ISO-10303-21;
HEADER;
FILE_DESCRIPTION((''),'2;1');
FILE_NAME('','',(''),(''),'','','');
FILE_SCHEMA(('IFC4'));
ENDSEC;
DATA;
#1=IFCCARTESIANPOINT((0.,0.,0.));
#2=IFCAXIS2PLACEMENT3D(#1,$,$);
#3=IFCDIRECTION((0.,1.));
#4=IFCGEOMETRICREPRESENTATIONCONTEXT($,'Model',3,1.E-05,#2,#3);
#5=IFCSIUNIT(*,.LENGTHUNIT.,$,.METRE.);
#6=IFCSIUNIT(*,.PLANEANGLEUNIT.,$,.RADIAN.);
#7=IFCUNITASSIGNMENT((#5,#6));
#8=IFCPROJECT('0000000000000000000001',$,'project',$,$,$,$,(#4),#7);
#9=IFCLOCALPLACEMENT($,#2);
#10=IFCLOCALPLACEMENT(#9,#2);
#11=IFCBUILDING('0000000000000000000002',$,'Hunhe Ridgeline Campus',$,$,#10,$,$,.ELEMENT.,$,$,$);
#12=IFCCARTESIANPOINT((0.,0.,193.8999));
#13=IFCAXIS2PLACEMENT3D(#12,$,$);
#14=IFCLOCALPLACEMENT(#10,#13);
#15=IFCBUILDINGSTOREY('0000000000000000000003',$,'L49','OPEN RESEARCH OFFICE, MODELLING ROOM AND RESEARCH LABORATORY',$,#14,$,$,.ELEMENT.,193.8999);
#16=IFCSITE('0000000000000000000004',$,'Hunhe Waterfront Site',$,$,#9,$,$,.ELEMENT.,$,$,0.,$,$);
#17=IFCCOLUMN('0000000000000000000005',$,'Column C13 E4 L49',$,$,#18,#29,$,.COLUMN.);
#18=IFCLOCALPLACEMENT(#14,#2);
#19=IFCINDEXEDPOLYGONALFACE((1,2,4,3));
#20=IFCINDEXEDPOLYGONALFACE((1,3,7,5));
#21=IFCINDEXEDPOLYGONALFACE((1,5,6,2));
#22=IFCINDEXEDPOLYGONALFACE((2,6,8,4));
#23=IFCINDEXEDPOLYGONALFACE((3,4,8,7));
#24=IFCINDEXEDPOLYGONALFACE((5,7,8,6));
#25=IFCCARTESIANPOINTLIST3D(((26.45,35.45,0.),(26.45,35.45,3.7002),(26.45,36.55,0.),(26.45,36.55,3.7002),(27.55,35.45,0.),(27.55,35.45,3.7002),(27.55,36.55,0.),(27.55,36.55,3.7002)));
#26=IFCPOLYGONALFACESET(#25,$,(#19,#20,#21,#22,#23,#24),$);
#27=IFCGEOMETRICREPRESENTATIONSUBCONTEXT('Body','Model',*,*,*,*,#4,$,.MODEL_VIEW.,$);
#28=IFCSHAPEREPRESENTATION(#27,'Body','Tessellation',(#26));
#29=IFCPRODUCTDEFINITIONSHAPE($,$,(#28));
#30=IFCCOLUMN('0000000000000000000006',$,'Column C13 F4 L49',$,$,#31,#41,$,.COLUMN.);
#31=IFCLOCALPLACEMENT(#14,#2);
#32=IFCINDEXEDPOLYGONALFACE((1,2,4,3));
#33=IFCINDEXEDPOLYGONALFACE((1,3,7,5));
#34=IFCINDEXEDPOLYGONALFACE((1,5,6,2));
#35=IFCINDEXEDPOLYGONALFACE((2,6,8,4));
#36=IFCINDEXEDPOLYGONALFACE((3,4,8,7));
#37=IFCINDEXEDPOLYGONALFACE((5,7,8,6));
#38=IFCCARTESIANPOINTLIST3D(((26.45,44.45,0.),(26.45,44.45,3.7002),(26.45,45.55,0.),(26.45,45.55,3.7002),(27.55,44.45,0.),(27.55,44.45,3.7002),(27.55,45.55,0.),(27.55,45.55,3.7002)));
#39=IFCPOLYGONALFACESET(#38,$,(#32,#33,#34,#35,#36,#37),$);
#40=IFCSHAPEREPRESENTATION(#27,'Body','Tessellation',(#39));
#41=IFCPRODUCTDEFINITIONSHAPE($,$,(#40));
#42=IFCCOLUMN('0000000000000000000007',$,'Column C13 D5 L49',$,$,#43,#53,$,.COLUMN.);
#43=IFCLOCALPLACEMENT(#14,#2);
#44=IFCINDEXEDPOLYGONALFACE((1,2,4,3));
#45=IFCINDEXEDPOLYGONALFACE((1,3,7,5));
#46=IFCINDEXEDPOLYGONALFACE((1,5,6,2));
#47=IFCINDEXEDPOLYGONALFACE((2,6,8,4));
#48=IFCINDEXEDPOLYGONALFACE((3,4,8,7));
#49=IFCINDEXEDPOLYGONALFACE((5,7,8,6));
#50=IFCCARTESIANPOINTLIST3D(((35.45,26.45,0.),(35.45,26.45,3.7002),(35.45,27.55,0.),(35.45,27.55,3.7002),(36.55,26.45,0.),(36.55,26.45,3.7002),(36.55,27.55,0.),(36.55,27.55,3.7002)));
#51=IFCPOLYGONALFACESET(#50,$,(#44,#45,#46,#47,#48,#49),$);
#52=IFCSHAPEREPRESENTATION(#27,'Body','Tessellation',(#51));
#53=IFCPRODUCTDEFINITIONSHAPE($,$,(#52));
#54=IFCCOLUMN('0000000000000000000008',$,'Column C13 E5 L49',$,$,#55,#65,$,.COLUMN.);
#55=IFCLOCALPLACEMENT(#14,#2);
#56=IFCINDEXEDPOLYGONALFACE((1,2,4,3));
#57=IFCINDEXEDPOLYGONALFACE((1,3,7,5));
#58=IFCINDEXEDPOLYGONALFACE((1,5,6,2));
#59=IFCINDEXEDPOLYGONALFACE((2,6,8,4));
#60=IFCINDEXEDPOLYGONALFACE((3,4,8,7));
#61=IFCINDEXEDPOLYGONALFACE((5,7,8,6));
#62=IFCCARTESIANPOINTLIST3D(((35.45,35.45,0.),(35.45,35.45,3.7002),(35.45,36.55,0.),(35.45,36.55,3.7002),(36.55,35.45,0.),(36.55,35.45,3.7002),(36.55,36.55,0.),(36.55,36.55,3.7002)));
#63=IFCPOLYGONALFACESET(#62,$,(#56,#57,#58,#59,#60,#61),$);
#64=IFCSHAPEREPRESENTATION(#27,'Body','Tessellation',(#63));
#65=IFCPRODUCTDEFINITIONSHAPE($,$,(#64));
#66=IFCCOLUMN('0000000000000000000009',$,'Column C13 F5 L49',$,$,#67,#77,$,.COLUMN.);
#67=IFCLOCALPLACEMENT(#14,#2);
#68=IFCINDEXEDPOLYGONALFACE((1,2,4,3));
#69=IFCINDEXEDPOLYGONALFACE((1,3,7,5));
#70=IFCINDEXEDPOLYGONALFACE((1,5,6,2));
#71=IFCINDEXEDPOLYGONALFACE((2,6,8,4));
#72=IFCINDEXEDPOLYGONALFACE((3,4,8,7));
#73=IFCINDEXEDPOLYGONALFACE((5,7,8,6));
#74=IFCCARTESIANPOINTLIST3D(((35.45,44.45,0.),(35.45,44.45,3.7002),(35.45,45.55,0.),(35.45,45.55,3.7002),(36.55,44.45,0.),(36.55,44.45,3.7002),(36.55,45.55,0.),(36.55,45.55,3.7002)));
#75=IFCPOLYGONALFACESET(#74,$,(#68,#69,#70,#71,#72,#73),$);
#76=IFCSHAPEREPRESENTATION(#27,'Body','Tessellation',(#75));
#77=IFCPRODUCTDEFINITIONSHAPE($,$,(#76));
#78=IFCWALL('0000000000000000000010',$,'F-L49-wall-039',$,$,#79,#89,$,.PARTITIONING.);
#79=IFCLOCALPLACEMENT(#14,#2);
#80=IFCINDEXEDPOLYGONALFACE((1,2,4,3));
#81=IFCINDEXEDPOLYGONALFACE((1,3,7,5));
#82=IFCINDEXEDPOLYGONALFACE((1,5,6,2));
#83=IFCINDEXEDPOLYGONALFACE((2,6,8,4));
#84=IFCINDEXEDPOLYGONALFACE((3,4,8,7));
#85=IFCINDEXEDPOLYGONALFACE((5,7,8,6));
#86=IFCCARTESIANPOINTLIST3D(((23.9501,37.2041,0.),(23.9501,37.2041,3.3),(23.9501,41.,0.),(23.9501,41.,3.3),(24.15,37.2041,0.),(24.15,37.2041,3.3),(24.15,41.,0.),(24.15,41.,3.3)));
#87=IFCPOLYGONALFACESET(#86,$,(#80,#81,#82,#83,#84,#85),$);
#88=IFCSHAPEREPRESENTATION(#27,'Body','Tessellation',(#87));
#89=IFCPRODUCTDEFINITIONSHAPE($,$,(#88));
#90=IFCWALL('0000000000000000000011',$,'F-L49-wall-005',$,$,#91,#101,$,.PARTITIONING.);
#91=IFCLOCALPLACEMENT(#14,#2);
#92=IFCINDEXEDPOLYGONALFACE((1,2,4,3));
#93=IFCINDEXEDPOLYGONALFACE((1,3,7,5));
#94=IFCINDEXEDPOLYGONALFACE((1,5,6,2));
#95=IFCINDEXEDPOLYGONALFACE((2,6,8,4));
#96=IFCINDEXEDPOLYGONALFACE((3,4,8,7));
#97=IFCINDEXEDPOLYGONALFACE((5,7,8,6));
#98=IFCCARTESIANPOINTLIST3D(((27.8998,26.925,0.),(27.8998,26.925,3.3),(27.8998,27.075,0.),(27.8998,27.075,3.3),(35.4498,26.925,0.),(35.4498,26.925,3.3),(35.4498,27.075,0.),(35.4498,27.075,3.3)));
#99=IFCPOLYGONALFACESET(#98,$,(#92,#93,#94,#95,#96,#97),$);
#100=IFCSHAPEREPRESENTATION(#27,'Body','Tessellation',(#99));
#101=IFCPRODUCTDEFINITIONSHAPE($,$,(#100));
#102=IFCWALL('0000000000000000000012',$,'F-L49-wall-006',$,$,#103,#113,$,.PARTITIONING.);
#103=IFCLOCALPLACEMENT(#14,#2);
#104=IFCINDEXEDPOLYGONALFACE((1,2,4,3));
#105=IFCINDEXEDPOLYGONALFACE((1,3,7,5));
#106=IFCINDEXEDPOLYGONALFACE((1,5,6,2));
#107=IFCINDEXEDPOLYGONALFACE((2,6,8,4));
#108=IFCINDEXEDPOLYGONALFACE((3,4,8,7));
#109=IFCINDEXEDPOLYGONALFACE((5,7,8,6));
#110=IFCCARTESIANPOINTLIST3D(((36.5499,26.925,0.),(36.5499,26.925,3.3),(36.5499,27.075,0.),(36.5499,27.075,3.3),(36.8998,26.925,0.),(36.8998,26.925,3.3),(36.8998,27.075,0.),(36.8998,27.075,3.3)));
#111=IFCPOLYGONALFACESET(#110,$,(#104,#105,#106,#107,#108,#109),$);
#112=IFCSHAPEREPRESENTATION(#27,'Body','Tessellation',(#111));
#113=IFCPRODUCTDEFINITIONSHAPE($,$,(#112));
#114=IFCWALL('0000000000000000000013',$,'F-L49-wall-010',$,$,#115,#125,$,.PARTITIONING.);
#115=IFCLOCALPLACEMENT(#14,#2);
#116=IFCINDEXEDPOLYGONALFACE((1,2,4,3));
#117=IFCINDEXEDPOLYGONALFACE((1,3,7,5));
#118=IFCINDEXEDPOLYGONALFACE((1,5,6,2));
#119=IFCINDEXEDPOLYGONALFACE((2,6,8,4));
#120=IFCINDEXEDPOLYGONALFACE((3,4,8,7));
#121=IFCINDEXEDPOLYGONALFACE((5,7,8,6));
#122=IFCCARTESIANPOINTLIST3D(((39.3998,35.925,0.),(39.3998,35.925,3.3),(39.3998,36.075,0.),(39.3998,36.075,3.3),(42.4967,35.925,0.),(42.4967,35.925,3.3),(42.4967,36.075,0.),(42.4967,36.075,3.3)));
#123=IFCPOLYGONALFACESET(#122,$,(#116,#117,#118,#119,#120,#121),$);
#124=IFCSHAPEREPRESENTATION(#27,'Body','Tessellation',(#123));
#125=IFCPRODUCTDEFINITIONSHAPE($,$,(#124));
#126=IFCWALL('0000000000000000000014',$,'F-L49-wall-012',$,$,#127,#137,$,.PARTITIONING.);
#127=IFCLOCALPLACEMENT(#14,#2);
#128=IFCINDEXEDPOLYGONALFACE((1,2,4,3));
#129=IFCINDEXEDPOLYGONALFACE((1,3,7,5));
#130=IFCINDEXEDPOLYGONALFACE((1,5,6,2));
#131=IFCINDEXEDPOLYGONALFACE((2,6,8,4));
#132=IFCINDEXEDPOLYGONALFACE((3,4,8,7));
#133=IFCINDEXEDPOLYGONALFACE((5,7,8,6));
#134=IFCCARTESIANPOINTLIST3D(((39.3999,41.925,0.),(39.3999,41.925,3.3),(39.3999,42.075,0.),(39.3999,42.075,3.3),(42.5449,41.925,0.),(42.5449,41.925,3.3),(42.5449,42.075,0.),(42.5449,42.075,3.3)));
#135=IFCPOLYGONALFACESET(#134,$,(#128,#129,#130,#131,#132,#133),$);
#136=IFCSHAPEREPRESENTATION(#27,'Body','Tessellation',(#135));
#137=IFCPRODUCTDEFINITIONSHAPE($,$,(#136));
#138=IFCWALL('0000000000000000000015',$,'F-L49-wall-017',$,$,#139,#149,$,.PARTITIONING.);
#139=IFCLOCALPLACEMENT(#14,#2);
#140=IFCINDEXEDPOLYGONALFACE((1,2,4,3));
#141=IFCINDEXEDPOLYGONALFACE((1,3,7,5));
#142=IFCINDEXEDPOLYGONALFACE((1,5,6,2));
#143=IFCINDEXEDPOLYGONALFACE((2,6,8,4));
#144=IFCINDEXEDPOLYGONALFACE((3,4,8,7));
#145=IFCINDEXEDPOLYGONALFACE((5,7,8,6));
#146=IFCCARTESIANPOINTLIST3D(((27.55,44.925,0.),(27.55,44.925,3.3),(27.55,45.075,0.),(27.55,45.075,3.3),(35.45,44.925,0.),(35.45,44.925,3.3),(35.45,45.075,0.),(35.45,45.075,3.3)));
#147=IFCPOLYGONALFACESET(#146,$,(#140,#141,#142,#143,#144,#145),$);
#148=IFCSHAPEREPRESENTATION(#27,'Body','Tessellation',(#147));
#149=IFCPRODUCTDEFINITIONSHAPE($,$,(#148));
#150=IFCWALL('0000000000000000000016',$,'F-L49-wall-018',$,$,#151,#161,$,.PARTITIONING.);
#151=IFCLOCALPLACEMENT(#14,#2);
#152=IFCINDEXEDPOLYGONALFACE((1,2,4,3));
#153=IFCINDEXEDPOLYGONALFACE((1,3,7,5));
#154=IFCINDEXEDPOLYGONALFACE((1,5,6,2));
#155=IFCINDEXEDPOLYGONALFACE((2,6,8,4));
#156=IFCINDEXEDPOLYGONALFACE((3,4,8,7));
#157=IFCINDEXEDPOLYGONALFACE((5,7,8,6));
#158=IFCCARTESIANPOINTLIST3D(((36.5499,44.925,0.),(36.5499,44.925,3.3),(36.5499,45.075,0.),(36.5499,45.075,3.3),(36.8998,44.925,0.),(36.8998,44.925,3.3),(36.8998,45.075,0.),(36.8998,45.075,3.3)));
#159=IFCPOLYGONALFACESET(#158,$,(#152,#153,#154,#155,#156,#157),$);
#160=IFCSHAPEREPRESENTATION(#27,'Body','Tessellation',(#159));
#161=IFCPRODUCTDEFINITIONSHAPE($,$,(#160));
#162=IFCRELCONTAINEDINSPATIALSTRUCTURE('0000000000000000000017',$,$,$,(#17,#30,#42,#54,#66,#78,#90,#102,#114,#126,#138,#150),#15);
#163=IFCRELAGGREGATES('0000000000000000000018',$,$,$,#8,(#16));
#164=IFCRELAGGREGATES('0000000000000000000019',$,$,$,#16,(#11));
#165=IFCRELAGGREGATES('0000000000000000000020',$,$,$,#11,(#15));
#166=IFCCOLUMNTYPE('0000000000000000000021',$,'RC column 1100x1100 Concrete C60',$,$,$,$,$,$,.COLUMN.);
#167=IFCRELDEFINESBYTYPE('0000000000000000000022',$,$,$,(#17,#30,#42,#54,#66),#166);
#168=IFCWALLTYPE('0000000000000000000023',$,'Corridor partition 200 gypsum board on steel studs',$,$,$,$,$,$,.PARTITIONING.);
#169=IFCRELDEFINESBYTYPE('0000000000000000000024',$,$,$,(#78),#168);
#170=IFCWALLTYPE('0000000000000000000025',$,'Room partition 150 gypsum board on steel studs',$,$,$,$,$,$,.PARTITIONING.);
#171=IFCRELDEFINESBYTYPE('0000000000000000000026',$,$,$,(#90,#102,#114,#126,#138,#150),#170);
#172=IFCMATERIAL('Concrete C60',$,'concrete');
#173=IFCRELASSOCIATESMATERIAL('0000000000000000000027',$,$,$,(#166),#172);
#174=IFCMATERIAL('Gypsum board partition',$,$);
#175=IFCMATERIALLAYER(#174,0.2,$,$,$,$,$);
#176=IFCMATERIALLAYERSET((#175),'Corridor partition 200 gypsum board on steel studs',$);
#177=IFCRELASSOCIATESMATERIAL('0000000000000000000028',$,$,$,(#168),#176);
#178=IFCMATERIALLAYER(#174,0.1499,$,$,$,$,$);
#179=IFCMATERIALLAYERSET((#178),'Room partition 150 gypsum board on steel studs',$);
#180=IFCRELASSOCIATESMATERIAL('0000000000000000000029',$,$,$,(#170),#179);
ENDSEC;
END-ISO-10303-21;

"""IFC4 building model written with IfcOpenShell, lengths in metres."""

from ifc_helpers import new_model, si_unit, direction, frame, frame_2d, origin, origin_2d, place, context, subcontext, project, spatial, rectangle, extrude, material, layer, layer_set, material_profile, profile_set, type_object, element, save


model = new_model("IFC4")

# Units and contexts
model_context = context("Model", 3, precision=1e-05, world=origin(), true_north=direction((0.0, 1.0)))
body_context = subcontext(model_context, "Body", "Model", "MODEL_VIEW")
ifc_project = project(units=[si_unit("LENGTHUNIT", "METRE"), si_unit("PLANEANGLEUNIT", "RADIAN")], contexts=[model_context])

# Site, building, storey
site_placement = place(None, origin())
site = spatial("IfcSite", under=ifc_project, at=site_placement, Name="Hunhe Waterfront Site", CompositionType="ELEMENT", RefElevation=0.0)
building_placement = place(site_placement, origin())
building = spatial("IfcBuilding", under=site, at=building_placement, Name="Hunhe Ridgeline Campus", CompositionType="ELEMENT")
storey_placement = place(building_placement, frame((0.0, 0.0, 193.8999)))
storey = spatial("IfcBuildingStorey", under=building, at=storey_placement, Name="L49", Description="OPEN RESEARCH OFFICE, MODELLING ROOM AND RESEARCH LABORATORY", CompositionType="ELEMENT", Elevation=193.8999)

# Columns
ifc_material_1 = material(Name="Concrete C60", Category="concrete")
ifc_material_profile = material_profile(ifc_material_1, rectangle(XDim=1.1001, YDim=1.1001, at=origin_2d()))
ifc_profile_set = profile_set([ifc_material_profile], Name="Concrete C60")
column_type = type_object("IfcColumnType", Name="RC column 1100x1100 Concrete C60", PredefinedType="COLUMN", material=ifc_profile_set)
for number, where, z_axis, x_axis, name in (
    (1, (27.0, 36.0, 0.0), (0.0, 0.0, 1.0), (1.0, 0.0, 0.0), "Column C13 E4 L49"),
    (2, (27.0, 45.0, 0.0), (0.0, 0.0, 1.0), (1.0, 0.0, 0.0), "Column C13 F4 L49"),
    (3, (36.0, 27.0, 0.0), (0.0, 0.0, 1.0), (1.0, 0.0, 0.0), "Column C13 D5 L49"),
    (4, (36.0, 36.0, 0.0), (0.0, 0.0, 1.0), (1.0, 0.0, 0.0), "Column C13 E5 L49"),
    (5, (36.0, 45.0, 0.0), (0.0, 0.0, 1.0), (1.0, 0.0, 0.0), "Column C13 F5 L49"),
):
    element("IfcColumn", number, at=place(storey_placement, frame(where, z_axis=z_axis, x_axis=x_axis)), inside=storey, type_object=column_type, Name=name, PredefinedType="COLUMN", context=body_context, shape_type="SweptSolid", body=[
        extrude(rectangle(XDim=1.1001, YDim=1.1001, at=origin_2d()), origin(), (0.0, 0.0, 1.0), 3.7002),
    ])

# Shared definitions
ifc_material_2 = material(Name="Gypsum board partition")
ifc_layer_1 = layer(ifc_material_2, 0.2)
ifc_layer_set_1 = layer_set([ifc_layer_1], Name="Corridor partition 200 gypsum board on steel studs")
wall_type_1 = type_object("IfcWallType", Name="Corridor partition 200 gypsum board on steel studs", PredefinedType="PARTITIONING", material=ifc_layer_set_1)

# Wall
wall_1_placement = place(storey_placement, frame((24.05, 37.2041, 0.0), z_axis=(0.0, 0.0, 1.0), x_axis=(0.0, 1.0, 0.0)))
element("IfcWall", 6, at=wall_1_placement, inside=storey, type_object=wall_type_1, Name="F-L49-wall-039", PredefinedType="PARTITIONING", context=body_context, shape_type="SweptSolid", body=[
    extrude(rectangle(XDim=3.7959, YDim=0.2, at=frame_2d((1.8979, 0.0))), origin(), (0.0, 0.0, 1.0), 3.3),
])

# Walls
ifc_layer_2 = layer(ifc_material_2, 0.1499)
ifc_layer_set_2 = layer_set([ifc_layer_2], Name="Room partition 150 gypsum board on steel studs")
wall_type_2 = type_object("IfcWallType", Name="Room partition 150 gypsum board on steel studs", PredefinedType="PARTITIONING", material=ifc_layer_set_2)
wall_2_placement = place(storey_placement, frame((27.8999, 27.0, 0.0), z_axis=(0.0, 0.0, 1.0), x_axis=(1.0, 0.0, 0.0)))
element("IfcWall", 7, at=wall_2_placement, inside=storey, type_object=wall_type_2, Name="F-L49-wall-005", PredefinedType="PARTITIONING", context=body_context, shape_type="SweptSolid", body=[
    extrude(rectangle(XDim=7.55, YDim=0.1499, at=frame_2d((3.7749, 0.0))), origin(), (0.0, 0.0, 1.0), 3.3),
])
wall_3_placement = place(storey_placement, frame((36.55, 27.0, 0.0), z_axis=(0.0, 0.0, 1.0), x_axis=(1.0, 0.0, 0.0)))
element("IfcWall", 8, at=wall_3_placement, inside=storey, type_object=wall_type_2, Name="F-L49-wall-006", PredefinedType="PARTITIONING", context=body_context, shape_type="SweptSolid", body=[
    extrude(rectangle(XDim=0.3499, YDim=0.1499, at=frame_2d((0.1748, 0.0))), origin(), (0.0, 0.0, 1.0), 3.3),
])
wall_4_placement = place(storey_placement, frame((39.3999, 36.0, 0.0), z_axis=(0.0, 0.0, 1.0), x_axis=(1.0, 0.0, 0.0)))
element("IfcWall", 9, at=wall_4_placement, inside=storey, type_object=wall_type_2, Name="F-L49-wall-010", PredefinedType="PARTITIONING", context=body_context, shape_type="SweptSolid", body=[
    extrude(rectangle(XDim=3.0969, YDim=0.1499, at=frame_2d((1.5483, 0.0))), origin(), (0.0, 0.0, 1.0), 3.3),
])
wall_5_placement = place(storey_placement, frame((39.3999, 42.0, 0.0), z_axis=(0.0, 0.0, 1.0), x_axis=(1.0, 0.0, 0.0)))
element("IfcWall", 10, at=wall_5_placement, inside=storey, type_object=wall_type_2, Name="F-L49-wall-012", PredefinedType="PARTITIONING", context=body_context, shape_type="SweptSolid", body=[
    extrude(rectangle(XDim=3.145, YDim=0.1499, at=frame_2d((1.5725, 0.0))), origin(), (0.0, 0.0, 1.0), 3.3),
])
wall_6_placement = place(storey_placement, frame((27.55, 45.0, 0.0), z_axis=(0.0, 0.0, 1.0), x_axis=(1.0, 0.0, 0.0)))
element("IfcWall", 11, at=wall_6_placement, inside=storey, type_object=wall_type_2, Name="F-L49-wall-017", PredefinedType="PARTITIONING", context=body_context, shape_type="SweptSolid", body=[
    extrude(rectangle(XDim=7.8999, YDim=0.1499, at=frame_2d((3.95, 0.0))), origin(), (0.0, 0.0, 1.0), 3.3),
])
wall_7_placement = place(storey_placement, frame((36.55, 45.0, 0.0), z_axis=(0.0, 0.0, 1.0), x_axis=(1.0, 0.0, 0.0)))
element("IfcWall", 12, at=wall_7_placement, inside=storey, type_object=wall_type_2, Name="F-L49-wall-018", PredefinedType="PARTITIONING", context=body_context, shape_type="SweptSolid", body=[
    extrude(rectangle(XDim=0.3499, YDim=0.1499, at=frame_2d((0.1748, 0.0))), origin(), (0.0, 0.0, 1.0), 3.3),
])

save(model, "model.ifc")
